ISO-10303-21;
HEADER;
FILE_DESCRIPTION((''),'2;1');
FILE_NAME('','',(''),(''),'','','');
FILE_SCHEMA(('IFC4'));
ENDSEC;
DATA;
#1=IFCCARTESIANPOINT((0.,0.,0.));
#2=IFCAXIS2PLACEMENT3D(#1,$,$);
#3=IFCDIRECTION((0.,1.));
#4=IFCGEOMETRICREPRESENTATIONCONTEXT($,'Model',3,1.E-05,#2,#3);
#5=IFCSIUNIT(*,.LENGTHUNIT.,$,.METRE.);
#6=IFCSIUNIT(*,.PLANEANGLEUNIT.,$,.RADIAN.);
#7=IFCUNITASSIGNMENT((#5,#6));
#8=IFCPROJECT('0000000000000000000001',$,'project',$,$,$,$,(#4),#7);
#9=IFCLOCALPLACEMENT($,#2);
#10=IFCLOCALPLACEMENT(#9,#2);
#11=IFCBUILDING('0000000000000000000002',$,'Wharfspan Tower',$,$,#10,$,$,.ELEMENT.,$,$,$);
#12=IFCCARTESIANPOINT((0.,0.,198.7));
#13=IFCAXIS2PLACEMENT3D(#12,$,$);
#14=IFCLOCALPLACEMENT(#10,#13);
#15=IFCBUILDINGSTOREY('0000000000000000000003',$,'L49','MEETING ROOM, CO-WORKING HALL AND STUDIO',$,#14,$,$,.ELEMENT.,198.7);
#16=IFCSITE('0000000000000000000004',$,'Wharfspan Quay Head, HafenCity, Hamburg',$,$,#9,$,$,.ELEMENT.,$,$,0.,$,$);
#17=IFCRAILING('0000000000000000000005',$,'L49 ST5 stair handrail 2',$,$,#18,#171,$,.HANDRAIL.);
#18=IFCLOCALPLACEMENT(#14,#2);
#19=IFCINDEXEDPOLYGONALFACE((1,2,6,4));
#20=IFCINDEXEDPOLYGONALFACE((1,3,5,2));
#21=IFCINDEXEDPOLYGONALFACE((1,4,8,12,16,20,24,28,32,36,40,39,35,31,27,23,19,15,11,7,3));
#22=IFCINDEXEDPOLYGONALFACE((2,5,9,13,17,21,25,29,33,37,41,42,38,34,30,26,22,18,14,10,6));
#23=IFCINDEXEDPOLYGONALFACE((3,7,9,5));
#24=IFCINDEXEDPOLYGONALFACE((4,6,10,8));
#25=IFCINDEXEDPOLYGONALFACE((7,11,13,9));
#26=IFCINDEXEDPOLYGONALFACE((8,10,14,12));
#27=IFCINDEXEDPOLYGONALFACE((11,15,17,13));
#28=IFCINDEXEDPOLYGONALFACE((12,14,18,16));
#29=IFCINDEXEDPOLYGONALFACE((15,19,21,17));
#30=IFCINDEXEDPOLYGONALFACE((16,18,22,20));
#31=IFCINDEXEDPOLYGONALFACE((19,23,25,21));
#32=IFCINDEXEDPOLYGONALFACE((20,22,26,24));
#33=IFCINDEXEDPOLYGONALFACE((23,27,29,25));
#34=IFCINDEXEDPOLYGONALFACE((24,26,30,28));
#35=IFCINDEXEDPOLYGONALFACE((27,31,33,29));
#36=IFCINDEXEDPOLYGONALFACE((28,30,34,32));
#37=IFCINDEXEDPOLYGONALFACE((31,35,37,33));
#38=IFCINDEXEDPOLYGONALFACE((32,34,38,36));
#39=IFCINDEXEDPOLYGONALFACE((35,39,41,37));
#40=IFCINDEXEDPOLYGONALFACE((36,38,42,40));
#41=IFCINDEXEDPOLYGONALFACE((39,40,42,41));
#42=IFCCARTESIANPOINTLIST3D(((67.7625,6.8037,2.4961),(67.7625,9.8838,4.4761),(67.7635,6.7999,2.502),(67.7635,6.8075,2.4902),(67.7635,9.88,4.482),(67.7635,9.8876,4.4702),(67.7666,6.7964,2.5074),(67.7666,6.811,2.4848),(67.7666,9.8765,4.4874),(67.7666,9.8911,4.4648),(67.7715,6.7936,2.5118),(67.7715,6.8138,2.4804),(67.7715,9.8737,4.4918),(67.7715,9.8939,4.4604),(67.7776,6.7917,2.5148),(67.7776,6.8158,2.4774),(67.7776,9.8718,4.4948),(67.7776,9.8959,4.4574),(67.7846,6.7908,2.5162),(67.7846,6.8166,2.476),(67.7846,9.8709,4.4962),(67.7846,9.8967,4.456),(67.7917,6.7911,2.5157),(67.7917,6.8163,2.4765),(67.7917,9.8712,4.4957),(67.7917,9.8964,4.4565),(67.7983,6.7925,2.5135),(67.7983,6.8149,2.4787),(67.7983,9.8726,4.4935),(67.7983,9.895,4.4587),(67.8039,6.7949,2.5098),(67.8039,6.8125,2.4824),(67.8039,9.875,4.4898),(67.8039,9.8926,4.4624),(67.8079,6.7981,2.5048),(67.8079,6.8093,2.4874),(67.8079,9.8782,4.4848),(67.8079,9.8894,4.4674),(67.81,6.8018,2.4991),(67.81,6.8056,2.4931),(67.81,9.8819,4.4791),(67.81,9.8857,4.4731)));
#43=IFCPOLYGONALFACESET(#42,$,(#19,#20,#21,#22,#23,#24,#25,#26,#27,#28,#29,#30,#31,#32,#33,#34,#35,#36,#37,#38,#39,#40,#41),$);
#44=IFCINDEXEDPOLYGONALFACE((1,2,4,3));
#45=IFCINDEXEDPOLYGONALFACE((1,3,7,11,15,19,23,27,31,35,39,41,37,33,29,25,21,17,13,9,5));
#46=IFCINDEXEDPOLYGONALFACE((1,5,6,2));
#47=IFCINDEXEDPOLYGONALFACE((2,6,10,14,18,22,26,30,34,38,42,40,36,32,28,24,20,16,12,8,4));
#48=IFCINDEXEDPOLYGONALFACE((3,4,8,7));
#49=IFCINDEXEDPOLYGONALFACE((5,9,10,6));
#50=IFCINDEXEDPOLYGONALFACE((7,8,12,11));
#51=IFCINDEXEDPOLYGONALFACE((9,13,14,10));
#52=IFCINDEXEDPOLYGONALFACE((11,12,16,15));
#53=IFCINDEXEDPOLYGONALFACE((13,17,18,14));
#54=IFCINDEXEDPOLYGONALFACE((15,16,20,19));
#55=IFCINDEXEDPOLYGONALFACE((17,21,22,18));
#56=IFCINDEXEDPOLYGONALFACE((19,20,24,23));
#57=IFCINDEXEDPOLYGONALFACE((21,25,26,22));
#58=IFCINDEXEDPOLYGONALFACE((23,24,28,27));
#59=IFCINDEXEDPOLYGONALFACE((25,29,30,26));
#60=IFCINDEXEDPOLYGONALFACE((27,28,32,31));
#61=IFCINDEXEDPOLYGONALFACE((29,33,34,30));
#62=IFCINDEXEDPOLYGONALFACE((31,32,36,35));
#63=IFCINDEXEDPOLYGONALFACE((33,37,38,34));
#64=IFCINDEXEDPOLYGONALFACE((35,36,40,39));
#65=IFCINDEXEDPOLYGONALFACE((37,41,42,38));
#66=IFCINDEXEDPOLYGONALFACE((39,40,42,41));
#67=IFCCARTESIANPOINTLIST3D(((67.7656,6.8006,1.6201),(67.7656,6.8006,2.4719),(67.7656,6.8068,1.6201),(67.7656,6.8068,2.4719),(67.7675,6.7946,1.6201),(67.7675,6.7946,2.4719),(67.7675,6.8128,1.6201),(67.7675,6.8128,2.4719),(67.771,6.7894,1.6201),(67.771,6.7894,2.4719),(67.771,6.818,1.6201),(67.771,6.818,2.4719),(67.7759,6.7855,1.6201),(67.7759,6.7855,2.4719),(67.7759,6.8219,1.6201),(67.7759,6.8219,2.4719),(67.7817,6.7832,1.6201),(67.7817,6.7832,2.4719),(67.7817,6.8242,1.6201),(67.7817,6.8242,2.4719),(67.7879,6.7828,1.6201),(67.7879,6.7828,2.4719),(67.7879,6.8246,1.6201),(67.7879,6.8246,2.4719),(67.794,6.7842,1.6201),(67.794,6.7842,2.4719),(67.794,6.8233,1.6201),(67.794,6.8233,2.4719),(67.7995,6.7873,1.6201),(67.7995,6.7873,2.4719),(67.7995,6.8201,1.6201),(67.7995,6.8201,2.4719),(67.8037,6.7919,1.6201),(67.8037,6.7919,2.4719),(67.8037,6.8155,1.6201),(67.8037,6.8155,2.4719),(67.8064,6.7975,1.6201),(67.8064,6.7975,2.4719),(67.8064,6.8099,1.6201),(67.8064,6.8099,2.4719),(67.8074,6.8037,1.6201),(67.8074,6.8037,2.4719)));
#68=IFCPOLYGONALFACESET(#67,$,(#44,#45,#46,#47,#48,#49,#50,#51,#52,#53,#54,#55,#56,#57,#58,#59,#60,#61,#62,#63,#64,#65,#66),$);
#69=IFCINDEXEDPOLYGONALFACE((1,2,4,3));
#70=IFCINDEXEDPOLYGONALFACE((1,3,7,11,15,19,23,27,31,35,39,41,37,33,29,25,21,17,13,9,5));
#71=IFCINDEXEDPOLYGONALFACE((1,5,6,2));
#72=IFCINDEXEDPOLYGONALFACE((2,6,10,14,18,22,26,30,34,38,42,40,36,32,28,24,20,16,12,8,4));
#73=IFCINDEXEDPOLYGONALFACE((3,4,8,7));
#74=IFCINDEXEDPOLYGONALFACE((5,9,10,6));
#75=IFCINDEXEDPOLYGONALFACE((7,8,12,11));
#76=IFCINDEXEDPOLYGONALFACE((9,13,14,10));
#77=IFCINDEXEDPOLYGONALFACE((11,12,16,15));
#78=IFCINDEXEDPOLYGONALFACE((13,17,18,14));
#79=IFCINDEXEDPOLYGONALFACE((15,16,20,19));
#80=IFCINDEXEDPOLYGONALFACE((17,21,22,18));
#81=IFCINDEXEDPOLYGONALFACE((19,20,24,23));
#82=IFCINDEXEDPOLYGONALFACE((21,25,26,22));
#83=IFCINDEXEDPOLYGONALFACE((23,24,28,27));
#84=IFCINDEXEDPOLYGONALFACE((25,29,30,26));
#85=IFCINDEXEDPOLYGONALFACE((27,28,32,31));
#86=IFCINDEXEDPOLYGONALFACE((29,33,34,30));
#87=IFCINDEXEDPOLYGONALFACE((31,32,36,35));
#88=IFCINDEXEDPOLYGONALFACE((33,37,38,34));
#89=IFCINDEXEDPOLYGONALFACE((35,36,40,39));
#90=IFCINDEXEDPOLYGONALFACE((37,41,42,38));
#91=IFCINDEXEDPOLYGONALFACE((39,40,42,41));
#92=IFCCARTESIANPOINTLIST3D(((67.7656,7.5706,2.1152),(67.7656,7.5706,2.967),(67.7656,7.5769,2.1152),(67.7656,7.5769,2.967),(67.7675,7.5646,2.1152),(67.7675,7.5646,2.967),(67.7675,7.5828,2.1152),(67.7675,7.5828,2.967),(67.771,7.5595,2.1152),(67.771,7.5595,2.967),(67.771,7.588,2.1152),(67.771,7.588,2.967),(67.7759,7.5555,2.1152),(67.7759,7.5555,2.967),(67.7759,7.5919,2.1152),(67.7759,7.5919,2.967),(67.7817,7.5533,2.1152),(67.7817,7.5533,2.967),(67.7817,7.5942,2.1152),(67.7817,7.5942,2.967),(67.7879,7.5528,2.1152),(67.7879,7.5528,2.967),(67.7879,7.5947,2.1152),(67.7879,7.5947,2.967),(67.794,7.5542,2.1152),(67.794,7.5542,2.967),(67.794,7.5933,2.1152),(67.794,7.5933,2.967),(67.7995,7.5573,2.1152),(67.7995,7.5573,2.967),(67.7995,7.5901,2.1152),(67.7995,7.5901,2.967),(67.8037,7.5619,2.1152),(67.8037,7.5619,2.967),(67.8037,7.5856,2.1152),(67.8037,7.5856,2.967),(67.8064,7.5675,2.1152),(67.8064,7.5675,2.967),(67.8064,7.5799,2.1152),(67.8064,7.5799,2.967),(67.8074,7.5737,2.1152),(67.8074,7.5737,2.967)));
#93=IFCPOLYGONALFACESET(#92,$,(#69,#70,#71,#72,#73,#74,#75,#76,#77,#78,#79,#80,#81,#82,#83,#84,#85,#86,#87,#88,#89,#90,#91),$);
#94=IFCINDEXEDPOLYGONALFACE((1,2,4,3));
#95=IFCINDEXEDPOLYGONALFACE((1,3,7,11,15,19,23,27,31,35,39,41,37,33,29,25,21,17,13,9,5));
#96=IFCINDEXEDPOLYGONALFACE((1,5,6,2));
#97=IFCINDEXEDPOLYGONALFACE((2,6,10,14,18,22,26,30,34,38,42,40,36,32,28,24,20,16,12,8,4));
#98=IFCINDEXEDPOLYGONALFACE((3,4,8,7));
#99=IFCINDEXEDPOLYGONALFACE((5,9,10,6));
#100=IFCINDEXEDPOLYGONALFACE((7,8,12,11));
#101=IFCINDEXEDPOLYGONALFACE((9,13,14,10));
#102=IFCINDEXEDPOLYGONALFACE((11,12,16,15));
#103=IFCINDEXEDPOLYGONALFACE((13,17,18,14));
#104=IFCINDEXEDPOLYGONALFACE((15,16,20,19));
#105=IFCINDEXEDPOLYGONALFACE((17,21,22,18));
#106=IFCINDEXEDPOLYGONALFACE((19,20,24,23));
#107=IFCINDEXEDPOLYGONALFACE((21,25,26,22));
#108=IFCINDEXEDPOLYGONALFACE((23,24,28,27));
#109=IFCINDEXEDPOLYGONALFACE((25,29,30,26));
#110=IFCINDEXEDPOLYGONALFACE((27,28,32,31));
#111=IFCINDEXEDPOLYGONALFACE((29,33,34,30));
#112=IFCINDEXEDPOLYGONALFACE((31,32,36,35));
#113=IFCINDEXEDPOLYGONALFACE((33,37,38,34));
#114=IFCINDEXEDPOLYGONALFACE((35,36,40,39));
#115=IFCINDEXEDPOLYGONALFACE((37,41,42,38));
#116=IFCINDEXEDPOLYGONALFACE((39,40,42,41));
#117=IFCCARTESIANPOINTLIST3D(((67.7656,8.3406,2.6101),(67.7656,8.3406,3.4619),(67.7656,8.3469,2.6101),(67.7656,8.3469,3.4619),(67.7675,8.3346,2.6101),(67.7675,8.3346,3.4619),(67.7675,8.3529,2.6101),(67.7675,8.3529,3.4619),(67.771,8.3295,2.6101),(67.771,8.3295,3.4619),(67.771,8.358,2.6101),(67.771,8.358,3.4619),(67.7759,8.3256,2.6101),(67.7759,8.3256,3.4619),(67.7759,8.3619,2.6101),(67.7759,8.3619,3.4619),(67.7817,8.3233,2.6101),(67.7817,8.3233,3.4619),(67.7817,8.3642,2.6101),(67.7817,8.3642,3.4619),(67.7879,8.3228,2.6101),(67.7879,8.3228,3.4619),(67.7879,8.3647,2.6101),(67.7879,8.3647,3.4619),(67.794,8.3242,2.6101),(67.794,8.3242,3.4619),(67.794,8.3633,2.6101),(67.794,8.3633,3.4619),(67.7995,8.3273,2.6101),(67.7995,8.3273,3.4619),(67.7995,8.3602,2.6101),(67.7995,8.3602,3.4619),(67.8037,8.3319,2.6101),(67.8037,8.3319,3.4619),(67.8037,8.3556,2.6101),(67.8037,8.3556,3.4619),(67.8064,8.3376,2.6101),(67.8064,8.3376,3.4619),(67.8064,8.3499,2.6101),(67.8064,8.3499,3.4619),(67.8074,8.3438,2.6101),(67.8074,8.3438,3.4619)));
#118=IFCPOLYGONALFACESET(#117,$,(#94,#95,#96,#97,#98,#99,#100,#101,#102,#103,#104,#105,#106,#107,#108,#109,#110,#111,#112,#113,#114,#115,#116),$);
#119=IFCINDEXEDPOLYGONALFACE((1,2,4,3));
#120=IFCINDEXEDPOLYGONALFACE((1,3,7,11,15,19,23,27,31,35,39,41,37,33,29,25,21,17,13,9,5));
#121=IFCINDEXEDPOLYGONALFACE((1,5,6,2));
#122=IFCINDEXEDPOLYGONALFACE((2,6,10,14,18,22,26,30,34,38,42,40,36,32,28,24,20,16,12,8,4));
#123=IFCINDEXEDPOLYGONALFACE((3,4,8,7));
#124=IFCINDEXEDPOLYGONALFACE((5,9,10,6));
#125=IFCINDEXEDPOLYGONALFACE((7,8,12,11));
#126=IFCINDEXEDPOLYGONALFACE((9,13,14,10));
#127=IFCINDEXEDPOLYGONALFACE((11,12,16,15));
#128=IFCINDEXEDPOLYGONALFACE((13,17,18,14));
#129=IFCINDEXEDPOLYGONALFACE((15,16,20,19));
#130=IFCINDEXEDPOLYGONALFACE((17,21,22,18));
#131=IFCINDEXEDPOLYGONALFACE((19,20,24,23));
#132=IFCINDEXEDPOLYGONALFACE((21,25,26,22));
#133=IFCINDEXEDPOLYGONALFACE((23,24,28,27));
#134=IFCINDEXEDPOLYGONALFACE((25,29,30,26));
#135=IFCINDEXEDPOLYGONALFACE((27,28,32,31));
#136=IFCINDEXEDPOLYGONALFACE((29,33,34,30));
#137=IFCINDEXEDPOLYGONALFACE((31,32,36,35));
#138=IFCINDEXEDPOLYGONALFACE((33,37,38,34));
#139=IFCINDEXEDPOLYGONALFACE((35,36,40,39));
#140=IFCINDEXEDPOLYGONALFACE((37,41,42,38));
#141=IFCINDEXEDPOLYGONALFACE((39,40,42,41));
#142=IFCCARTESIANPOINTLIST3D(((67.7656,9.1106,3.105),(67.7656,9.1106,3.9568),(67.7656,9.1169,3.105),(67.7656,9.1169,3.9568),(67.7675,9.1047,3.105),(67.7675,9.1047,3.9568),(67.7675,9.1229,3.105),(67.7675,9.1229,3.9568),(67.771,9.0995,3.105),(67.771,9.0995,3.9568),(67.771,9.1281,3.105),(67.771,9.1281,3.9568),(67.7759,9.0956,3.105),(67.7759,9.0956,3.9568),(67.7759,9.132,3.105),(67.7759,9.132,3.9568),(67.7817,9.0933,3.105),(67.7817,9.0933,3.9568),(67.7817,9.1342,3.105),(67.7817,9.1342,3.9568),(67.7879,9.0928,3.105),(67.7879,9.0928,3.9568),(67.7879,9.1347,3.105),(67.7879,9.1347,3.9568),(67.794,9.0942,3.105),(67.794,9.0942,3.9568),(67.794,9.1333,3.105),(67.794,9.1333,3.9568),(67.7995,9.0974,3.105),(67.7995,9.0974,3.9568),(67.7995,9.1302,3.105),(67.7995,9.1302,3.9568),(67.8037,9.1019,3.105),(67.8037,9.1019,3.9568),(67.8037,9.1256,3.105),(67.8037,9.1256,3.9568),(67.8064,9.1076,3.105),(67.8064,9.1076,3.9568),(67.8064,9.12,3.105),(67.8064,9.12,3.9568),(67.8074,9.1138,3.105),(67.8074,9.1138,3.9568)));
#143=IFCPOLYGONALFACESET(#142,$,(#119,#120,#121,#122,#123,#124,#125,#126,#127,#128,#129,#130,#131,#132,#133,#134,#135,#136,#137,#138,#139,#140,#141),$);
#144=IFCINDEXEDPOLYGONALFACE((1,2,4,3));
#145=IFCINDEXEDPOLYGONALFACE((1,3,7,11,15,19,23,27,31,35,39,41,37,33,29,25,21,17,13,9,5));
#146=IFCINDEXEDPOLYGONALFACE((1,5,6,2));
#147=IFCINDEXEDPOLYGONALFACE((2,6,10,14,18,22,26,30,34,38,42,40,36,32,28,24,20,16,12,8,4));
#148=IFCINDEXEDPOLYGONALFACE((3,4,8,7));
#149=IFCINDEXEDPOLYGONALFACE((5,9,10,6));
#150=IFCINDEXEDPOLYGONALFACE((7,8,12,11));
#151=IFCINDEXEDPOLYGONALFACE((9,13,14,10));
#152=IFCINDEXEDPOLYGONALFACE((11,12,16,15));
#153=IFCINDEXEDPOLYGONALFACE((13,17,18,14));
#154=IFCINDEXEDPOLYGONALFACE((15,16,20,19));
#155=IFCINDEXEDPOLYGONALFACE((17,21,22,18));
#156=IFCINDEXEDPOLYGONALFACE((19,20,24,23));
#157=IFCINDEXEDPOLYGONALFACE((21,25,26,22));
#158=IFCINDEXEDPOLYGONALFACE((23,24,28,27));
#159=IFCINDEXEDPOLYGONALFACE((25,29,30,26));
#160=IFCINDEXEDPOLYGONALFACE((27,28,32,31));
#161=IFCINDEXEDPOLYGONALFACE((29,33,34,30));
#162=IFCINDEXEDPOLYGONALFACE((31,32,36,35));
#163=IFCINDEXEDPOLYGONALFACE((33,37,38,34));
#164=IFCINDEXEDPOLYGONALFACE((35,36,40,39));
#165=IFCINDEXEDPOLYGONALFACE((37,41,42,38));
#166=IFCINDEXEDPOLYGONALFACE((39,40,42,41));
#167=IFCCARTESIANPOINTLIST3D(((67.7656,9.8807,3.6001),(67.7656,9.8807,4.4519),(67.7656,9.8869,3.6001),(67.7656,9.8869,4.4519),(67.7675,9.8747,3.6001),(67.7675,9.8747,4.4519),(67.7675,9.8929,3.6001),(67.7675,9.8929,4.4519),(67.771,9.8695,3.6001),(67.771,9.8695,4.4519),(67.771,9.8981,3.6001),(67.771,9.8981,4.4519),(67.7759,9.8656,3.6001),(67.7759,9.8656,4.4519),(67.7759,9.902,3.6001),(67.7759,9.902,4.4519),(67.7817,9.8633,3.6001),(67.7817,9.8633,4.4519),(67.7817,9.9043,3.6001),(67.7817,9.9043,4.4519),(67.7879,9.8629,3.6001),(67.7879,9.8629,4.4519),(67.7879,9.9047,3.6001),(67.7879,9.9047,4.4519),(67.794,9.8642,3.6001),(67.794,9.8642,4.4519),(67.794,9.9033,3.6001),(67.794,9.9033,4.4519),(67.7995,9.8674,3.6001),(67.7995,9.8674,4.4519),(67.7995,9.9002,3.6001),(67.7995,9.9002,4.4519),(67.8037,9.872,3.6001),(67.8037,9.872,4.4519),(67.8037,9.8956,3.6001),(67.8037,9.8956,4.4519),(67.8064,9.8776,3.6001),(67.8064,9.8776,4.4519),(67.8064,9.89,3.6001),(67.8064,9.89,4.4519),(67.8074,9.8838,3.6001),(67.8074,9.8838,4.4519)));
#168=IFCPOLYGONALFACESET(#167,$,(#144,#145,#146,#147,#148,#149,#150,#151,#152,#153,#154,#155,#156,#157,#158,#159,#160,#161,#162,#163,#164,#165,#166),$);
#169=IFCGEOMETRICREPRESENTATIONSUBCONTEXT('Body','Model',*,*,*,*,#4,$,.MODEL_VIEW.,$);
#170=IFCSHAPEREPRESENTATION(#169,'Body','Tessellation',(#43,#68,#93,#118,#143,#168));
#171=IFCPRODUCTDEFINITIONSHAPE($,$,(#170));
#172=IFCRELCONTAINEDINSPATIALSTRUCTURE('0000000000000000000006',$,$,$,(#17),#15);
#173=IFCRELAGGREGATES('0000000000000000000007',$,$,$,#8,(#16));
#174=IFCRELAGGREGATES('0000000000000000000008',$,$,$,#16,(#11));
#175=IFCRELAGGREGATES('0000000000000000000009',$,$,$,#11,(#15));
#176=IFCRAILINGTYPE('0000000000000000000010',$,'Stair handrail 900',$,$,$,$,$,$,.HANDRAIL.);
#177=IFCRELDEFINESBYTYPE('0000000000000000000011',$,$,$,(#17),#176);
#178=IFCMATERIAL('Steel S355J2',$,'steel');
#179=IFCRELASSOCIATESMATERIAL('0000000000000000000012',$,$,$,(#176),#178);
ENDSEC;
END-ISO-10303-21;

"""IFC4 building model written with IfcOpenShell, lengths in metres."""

from ifc_helpers import new_model, si_unit, direction, frame, origin, origin_2d, place, context, subcontext, project, spatial, circle, extrude, material, type_object, element, save


model = new_model("IFC4")

# Units and contexts
model_context = context("Model", 3, precision=1e-05, world=origin(), true_north=direction((0.0, 1.0)))
body_context = subcontext(model_context, "Body", "Model", "MODEL_VIEW")
ifc_project = project(units=[si_unit("LENGTHUNIT", "METRE"), si_unit("PLANEANGLEUNIT", "RADIAN")], contexts=[model_context])

# Site, building, storey
site_placement = place(None, origin())
site = spatial("IfcSite", under=ifc_project, at=site_placement, Name="Wharfspan Quay Head, HafenCity, Hamburg", CompositionType="ELEMENT", RefElevation=0.0)
building_placement = place(site_placement, origin())
building = spatial("IfcBuilding", under=site, at=building_placement, Name="Wharfspan Tower", CompositionType="ELEMENT")
storey_placement = place(building_placement, frame((0.0, 0.0, 198.7)))
storey = spatial("IfcBuildingStorey", under=building, at=storey_placement, Name="L49", Description="MEETING ROOM, CO-WORKING HALL AND STUDIO", CompositionType="ELEMENT", Elevation=198.7)

# Shared definitions
ifc_material_1 = material(Name="Steel S355J2", Category="steel")

# Railing
railing_type_1 = type_object("IfcRailingType", Name="Stair handrail 900", PredefinedType="HANDRAIL", material=ifc_material_1)
railing_1_placement = place(storey_placement, frame((67.7864, 6.8037, 1.6201)))
element("IfcRailing", 1, at=railing_1_placement, inside=storey, type_object=railing_type_1, Name="L49 ST5 stair handrail 2", PredefinedType="HANDRAIL", context=body_context, shape_type="SweptSolid", body=[
    extrude(circle(Radius=0.0239, at=origin_2d()), frame((0.0, 0.0, 0.876), z_axis=(0.0, 0.841187, 0.540744), x_axis=(-1.0, 0.0, 0.0)), (0.0, 0.0, 1.0), 3.6616),
    extrude(circle(Radius=0.021, at=origin_2d()), origin(), (0.0, 0.0, 1.0), 0.8518),
    extrude(circle(Radius=0.021, at=origin_2d()), frame((0.0, 0.77, 0.4951)), (0.0, 0.0, 1.0), 0.8518),
    extrude(circle(Radius=0.021, at=origin_2d()), frame((0.0, 1.54, 0.99)), (0.0, 0.0, 1.0), 0.8518),
    extrude(circle(Radius=0.021, at=origin_2d()), frame((0.0, 2.3101, 1.4849)), (0.0, 0.0, 1.0), 0.8518),
    extrude(circle(Radius=0.021, at=origin_2d()), frame((0.0, 3.0801, 1.98)), (0.0, 0.0, 1.0), 0.8518),
])

save(model, "model.ifc")
